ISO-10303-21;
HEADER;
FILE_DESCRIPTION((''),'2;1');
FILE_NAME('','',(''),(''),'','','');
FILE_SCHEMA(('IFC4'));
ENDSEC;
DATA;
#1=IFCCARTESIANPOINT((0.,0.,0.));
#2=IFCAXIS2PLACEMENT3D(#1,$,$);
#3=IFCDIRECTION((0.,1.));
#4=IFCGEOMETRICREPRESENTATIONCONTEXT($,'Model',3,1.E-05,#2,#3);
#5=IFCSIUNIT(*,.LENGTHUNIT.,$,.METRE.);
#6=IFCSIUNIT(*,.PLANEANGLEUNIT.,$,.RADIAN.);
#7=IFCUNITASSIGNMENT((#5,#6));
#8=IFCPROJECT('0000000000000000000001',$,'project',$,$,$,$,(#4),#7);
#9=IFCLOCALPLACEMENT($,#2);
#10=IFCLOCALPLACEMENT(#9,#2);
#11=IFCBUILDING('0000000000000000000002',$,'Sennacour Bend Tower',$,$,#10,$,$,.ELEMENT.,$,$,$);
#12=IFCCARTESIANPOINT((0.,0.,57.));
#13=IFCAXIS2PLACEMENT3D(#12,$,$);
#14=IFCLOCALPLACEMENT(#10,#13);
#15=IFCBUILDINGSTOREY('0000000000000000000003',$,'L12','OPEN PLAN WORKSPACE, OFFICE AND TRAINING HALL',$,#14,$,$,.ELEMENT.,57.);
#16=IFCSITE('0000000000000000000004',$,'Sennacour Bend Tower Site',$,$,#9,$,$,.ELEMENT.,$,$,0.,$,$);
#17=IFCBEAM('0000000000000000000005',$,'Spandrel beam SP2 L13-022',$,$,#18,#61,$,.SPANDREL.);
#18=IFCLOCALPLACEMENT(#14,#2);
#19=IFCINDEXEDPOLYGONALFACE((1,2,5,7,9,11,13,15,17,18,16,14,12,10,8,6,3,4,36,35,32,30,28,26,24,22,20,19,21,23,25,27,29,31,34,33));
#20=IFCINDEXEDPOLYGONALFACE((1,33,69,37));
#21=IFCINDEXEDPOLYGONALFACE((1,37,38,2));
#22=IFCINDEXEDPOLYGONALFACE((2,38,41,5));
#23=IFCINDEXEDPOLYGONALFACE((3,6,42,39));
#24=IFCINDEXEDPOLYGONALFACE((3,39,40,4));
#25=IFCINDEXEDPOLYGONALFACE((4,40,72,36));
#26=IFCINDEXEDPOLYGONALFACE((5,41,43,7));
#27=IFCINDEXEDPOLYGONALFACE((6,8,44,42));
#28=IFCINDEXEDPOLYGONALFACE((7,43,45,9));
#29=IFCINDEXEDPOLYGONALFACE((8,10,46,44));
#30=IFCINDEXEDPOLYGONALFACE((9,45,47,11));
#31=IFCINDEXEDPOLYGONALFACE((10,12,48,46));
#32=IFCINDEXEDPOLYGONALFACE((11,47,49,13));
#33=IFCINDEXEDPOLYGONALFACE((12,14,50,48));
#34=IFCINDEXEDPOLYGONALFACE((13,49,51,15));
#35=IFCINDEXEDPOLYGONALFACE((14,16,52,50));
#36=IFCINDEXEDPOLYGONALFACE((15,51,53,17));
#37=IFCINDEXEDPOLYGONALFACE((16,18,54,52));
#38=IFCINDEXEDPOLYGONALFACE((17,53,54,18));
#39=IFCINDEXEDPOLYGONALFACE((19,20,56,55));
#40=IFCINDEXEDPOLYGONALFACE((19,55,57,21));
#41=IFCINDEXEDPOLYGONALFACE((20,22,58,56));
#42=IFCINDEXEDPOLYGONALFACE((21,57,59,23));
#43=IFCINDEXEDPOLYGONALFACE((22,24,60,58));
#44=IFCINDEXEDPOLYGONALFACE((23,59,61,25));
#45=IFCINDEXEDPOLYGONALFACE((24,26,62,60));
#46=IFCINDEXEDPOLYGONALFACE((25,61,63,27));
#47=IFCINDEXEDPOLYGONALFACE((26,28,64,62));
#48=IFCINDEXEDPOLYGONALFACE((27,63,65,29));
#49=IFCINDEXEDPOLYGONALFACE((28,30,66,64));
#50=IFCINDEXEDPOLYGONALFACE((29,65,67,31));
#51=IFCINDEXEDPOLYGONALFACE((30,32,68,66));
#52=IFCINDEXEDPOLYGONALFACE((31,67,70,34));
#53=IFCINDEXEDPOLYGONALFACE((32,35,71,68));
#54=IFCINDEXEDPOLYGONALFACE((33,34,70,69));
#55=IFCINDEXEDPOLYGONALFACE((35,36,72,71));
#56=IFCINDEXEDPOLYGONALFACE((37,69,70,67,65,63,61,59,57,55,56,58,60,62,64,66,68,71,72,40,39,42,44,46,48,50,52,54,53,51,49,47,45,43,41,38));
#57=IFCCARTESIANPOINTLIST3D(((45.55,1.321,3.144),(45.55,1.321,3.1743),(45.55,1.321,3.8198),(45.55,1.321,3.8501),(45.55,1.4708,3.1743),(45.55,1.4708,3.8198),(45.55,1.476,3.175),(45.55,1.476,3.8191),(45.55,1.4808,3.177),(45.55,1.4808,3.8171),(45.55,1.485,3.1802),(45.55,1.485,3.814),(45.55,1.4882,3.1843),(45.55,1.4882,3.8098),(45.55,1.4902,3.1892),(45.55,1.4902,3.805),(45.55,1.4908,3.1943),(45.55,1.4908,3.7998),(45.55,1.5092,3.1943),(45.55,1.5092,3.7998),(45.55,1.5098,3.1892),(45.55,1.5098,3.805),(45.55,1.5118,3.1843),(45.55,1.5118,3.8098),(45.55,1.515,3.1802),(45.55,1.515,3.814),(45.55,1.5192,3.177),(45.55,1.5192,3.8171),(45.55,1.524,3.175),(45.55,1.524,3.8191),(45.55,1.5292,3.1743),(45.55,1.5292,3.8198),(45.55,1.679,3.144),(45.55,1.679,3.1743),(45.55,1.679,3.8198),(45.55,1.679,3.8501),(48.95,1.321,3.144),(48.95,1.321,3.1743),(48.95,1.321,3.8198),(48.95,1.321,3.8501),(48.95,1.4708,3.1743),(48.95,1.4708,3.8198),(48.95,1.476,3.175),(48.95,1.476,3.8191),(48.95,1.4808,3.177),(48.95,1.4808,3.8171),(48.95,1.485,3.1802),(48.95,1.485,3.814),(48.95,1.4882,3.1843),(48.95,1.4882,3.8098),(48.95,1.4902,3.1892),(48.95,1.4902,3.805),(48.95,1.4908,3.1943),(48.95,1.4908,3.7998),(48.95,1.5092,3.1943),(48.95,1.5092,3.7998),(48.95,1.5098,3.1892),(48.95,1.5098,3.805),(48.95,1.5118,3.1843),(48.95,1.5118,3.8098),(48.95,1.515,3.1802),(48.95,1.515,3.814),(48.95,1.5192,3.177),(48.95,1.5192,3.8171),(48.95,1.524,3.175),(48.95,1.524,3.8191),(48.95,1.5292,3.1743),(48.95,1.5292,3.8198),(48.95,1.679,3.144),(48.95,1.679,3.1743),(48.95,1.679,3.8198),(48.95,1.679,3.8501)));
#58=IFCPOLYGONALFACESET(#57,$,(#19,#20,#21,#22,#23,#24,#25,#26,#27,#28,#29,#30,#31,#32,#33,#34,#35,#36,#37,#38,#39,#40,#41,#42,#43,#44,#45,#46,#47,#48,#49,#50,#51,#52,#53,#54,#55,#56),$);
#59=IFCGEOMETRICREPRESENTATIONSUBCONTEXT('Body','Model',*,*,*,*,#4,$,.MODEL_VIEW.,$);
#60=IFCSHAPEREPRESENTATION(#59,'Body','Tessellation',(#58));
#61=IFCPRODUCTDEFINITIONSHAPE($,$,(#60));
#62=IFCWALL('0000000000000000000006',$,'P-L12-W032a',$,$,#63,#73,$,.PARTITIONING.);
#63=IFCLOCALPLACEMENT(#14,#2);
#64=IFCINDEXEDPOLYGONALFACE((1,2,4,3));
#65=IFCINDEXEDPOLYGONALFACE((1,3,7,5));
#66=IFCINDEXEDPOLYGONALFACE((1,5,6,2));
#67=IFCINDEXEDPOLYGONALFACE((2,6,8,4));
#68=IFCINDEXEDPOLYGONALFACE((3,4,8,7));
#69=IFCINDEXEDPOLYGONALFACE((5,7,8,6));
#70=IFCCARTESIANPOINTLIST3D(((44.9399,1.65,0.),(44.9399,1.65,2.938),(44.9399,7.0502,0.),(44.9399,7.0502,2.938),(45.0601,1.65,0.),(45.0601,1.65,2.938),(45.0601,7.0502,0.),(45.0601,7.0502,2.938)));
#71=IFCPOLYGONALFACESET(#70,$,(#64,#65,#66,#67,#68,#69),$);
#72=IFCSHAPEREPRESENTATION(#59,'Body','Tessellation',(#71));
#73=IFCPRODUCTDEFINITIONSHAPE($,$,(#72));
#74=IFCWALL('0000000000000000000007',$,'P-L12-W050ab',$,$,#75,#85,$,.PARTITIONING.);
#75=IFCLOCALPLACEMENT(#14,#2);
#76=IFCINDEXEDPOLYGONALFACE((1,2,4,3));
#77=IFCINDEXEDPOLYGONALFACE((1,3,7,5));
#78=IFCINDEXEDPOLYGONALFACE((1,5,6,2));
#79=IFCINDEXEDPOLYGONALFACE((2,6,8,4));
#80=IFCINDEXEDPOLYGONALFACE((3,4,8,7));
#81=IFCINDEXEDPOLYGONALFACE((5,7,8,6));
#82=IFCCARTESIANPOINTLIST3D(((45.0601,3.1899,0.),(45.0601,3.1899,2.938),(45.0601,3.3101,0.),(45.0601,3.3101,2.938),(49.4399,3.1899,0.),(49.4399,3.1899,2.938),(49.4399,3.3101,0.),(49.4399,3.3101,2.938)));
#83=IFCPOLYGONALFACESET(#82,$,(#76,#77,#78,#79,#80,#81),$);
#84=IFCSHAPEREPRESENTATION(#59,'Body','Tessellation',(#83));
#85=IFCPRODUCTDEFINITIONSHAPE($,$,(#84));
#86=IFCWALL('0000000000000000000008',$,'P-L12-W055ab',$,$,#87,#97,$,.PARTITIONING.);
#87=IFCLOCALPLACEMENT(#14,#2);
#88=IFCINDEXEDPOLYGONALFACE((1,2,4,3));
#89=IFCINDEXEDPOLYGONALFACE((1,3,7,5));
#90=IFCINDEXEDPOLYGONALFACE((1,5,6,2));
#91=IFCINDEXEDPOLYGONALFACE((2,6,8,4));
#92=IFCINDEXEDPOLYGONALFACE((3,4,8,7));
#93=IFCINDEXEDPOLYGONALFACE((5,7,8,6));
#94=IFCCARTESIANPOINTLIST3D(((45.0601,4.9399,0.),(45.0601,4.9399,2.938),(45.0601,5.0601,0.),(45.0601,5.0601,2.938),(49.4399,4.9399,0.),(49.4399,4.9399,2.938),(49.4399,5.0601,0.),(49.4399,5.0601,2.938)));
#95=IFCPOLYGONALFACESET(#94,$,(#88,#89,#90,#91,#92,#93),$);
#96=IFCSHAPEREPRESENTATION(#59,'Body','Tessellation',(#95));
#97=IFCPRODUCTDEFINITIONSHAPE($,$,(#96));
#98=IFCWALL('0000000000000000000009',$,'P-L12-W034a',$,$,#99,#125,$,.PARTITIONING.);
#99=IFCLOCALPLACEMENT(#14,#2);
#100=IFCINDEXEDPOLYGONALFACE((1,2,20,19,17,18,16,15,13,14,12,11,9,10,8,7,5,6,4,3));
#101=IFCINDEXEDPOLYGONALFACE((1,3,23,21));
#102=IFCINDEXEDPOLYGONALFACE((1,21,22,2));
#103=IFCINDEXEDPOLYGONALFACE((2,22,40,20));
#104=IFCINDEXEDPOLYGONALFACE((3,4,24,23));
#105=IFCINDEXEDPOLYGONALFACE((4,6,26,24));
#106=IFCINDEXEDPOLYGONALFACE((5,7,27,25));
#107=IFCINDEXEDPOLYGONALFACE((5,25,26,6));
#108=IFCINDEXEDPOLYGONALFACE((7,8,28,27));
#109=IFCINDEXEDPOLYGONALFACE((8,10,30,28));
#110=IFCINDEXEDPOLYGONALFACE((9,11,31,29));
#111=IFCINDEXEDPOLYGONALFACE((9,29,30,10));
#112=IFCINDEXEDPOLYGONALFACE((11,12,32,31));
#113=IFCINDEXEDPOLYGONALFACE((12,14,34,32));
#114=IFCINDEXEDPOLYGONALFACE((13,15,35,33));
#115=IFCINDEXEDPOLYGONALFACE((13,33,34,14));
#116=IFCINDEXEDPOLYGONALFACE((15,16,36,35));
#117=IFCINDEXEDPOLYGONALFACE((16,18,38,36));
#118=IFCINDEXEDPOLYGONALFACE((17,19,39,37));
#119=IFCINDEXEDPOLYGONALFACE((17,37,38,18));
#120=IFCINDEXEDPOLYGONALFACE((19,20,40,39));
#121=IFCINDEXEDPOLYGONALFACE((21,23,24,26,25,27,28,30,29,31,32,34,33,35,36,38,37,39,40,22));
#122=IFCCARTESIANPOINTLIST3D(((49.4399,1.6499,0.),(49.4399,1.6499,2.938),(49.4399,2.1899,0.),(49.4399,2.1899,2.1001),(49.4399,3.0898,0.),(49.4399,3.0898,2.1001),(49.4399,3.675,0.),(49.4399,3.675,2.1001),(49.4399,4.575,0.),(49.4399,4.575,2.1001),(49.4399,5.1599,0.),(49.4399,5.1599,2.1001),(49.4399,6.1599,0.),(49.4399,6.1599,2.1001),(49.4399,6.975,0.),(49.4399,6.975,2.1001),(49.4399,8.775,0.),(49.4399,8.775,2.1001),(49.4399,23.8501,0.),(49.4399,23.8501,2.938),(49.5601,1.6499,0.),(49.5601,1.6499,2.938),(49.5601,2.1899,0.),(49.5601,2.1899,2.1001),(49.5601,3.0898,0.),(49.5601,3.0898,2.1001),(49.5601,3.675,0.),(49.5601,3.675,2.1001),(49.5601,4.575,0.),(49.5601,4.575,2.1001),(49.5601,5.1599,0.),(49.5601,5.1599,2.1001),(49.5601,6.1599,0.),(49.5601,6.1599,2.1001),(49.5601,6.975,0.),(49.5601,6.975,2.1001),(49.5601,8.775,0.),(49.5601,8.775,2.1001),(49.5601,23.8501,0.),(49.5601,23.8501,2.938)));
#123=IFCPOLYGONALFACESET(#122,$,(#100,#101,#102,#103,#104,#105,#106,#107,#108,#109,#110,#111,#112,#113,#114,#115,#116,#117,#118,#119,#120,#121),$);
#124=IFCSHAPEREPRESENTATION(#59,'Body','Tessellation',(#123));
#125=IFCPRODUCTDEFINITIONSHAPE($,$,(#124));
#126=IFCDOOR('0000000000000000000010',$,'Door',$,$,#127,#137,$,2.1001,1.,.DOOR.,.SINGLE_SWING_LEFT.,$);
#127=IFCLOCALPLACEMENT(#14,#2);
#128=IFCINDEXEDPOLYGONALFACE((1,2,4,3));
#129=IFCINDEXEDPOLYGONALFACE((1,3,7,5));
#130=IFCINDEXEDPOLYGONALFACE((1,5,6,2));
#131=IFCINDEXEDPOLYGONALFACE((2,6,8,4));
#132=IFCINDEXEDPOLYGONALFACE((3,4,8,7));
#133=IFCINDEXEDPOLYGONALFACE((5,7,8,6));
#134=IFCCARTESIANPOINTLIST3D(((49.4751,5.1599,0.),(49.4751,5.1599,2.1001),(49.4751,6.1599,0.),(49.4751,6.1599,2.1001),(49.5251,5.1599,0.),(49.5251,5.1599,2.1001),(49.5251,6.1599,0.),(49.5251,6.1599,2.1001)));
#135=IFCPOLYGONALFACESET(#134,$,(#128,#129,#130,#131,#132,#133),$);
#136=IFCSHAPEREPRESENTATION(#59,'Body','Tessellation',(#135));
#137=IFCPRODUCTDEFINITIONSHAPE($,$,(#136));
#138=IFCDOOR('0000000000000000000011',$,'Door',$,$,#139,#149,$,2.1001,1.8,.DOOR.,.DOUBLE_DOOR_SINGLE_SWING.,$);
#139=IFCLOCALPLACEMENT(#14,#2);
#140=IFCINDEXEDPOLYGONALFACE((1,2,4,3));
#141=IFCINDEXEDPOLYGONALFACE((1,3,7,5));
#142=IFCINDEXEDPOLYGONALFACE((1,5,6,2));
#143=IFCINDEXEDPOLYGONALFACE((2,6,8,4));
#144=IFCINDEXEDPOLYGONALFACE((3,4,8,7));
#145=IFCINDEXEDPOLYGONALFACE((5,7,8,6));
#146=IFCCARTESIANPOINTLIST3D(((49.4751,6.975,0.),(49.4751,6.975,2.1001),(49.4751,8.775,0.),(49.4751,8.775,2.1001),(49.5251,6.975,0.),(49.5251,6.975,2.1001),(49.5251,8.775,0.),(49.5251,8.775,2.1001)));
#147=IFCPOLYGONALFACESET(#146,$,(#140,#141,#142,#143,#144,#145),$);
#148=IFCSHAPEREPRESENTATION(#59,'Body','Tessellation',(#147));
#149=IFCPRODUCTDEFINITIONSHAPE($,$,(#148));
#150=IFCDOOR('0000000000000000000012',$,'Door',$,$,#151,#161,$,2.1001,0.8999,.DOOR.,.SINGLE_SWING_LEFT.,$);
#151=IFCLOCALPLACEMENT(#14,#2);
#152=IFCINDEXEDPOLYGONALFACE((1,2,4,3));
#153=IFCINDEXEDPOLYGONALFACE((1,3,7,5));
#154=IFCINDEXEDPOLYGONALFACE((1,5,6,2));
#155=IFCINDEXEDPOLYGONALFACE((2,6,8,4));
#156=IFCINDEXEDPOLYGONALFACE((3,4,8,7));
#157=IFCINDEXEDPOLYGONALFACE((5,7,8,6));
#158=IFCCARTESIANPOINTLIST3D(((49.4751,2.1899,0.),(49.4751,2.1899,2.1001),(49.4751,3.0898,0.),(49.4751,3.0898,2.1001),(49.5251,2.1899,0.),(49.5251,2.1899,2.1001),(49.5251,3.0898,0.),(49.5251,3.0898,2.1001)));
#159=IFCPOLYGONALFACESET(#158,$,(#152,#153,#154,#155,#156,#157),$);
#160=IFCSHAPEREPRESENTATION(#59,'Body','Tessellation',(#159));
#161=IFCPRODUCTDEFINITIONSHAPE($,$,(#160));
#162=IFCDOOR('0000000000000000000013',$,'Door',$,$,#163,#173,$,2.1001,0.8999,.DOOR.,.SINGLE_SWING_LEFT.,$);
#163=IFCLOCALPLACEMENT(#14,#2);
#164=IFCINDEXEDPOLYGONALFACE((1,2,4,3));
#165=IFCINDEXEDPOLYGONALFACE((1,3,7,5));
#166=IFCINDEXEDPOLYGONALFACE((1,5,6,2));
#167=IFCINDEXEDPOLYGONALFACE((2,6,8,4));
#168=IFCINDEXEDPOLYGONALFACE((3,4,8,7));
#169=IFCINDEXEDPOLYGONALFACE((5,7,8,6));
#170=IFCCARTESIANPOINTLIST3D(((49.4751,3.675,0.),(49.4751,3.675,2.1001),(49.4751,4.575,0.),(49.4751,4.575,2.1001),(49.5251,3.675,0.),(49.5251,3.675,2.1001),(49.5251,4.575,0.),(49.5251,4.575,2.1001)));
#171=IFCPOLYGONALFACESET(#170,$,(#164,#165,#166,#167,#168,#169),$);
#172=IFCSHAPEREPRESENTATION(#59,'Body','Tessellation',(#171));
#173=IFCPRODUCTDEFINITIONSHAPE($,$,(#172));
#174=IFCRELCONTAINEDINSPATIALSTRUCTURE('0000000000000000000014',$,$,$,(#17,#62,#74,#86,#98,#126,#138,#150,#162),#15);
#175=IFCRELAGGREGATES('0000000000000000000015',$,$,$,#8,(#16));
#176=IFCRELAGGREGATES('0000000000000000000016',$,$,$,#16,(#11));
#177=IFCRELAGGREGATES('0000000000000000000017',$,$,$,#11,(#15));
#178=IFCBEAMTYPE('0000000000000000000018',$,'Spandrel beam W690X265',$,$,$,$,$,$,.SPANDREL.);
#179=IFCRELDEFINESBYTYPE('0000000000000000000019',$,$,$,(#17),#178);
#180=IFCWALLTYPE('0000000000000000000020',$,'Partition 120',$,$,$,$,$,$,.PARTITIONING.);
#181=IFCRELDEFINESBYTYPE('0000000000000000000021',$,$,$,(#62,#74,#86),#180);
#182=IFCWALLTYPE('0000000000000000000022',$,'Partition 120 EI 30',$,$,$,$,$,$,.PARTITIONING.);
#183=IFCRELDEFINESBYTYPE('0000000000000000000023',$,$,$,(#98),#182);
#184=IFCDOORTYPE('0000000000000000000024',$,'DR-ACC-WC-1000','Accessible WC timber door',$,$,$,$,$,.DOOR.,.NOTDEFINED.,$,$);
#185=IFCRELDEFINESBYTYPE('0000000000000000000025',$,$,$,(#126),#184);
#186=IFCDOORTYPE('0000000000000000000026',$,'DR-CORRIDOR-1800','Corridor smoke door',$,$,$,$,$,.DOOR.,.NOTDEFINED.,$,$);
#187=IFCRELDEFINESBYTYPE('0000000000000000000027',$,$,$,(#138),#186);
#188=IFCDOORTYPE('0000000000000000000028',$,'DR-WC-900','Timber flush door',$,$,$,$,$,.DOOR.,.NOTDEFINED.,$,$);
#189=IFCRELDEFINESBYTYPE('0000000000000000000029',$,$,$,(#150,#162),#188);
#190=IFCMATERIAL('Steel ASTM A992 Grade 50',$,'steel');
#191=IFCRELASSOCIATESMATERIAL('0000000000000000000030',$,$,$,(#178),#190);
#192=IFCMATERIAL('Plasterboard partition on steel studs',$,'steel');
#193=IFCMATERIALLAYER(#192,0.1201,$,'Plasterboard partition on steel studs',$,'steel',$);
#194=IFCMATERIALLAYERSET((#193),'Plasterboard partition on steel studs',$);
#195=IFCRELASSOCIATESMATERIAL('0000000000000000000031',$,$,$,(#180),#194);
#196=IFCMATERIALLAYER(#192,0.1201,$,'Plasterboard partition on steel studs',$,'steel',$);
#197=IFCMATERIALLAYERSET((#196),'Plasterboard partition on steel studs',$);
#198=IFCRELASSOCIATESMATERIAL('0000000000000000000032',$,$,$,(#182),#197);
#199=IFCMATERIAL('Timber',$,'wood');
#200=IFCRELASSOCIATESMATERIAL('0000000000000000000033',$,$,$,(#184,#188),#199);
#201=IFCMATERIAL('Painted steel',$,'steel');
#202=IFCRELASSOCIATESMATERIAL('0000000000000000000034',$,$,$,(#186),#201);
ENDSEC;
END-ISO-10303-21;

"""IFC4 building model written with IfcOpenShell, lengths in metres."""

from ifc_helpers import new_model, si_unit, direction, frame, frame_2d, origin, origin_2d, place, context, subcontext, project, spatial, rectangle, i_section, extrude, material, layer, layer_set, material_profile, profile_set, type_object, element, fill, save


model = new_model("IFC4")

# Units and contexts
model_context = context("Model", 3, precision=1e-05, world=origin(), true_north=direction((0.0, 1.0)))
body_context = subcontext(model_context, "Body", "Model", "MODEL_VIEW")
ifc_project = project(units=[si_unit("LENGTHUNIT", "METRE"), si_unit("PLANEANGLEUNIT", "RADIAN")], contexts=[model_context])

# Site, building, storey
site_placement = place(None, origin())
site = spatial("IfcSite", under=ifc_project, at=site_placement, Name="Sennacour Bend Tower Site", CompositionType="ELEMENT", RefElevation=0.0)
building_placement = place(site_placement, origin())
building = spatial("IfcBuilding", under=site, at=building_placement, Name="Sennacour Bend Tower", CompositionType="ELEMENT")
storey_placement = place(building_placement, frame((0.0, 0.0, 57.0)))
storey = spatial("IfcBuildingStorey", under=building, at=storey_placement, Name="L12", Description="OPEN PLAN WORKSPACE, OFFICE AND TRAINING HALL", CompositionType="ELEMENT", Elevation=57.0)

# Beam
ifc_material_1 = material(Name="Steel ASTM A992 Grade 50", Category="steel")
ifc_material_profile_1 = material_profile(ifc_material_1, i_section(OverallWidth=0.3579, OverallDepth=0.7061, WebThickness=0.0183, FlangeThickness=0.0303, FilletRadius=0.02, at=origin_2d()), Name="Steel ASTM A992 Grade 50", Category="steel")
ifc_profile_set_1 = profile_set([ifc_material_profile_1], Name="Steel ASTM A992 Grade 50")
beam_type_1 = type_object("IfcBeamType", Name="Spandrel beam W690X265", PredefinedType="SPANDREL", material=ifc_profile_set_1)
beam_1_placement = place(storey_placement, frame((48.95, 1.5, 3.4971), z_axis=(-1.0, 0.0, 0.0), x_axis=(0.0, -1.0, 0.0)))
element("IfcBeam", 1, at=beam_1_placement, inside=storey, type_object=beam_type_1, Name="Spandrel beam SP2 L13-022", PredefinedType="SPANDREL", context=body_context, shape_type="SweptSolid", body=[
    extrude(i_section(OverallWidth=0.3579, OverallDepth=0.7061, WebThickness=0.0183, FlangeThickness=0.0303, FilletRadius=0.02, at=origin_2d()), origin(), (0.0, 0.0, 1.0), 3.3999),
])

# Walls
ifc_material_2 = material(Name="Plasterboard partition on steel studs", Category="steel")
ifc_layer_1 = layer(ifc_material_2, 0.1201, Name="Plasterboard partition on steel studs", Category="steel")
ifc_layer_set_1 = layer_set([ifc_layer_1], Name="Plasterboard partition on steel studs")
wall_type_1 = type_object("IfcWallType", Name="Partition 120", PredefinedType="PARTITIONING", material=ifc_layer_set_1)
wall_1_placement = place(storey_placement, frame((45.0, 1.6499, 0.0), z_axis=(0.0, 0.0, 1.0), x_axis=(0.0, 1.0, 0.0)))
element("IfcWall", 2, at=wall_1_placement, inside=storey, type_object=wall_type_1, Name="P-L12-W032a", PredefinedType="PARTITIONING", context=body_context, shape_type="SweptSolid", body=[
    extrude(rectangle(XDim=5.4001, YDim=0.1201, at=frame_2d((2.7002, 0.0))), origin(), (0.0, 0.0, 1.0), 2.938),
])
for number, where, z_axis, x_axis, name in (
    (3, (45.0601, 3.25, 0.0), (0.0, 0.0, 1.0), (1.0, 0.0, 0.0), "P-L12-W050ab"),
    (4, (45.0601, 5.0, 0.0), (0.0, 0.0, 1.0), (1.0, 0.0, 0.0), "P-L12-W055ab"),
):
    element("IfcWall", number, at=place(storey_placement, frame(where, z_axis=z_axis, x_axis=x_axis)), inside=storey, type_object=wall_type_1, Name=name, PredefinedType="PARTITIONING", context=body_context, shape_type="SweptSolid", body=[
        extrude(rectangle(XDim=4.3799, YDim=0.1201, at=frame_2d((2.1899, 0.0))), origin(), (0.0, 0.0, 1.0), 2.938),
    ])

# Wall, openings, doors
ifc_layer_2 = layer(ifc_material_2, 0.1201, Name="Plasterboard partition on steel studs", Category="steel")
ifc_layer_set_2 = layer_set([ifc_layer_2], Name="Plasterboard partition on steel studs")
wall_type_2 = type_object("IfcWallType", Name="Partition 120 EI 30", PredefinedType="PARTITIONING", material=ifc_layer_set_2)
wall_2_placement = place(storey_placement, frame((49.5, 1.6499, 0.0), z_axis=(0.0, 0.0, 1.0), x_axis=(0.0, 1.0, 0.0)))
wall_2 = element("IfcWall", 5, at=wall_2_placement, inside=storey, type_object=wall_type_2, Name="P-L12-W034a", PredefinedType="PARTITIONING", context=body_context, shape_type="SweptSolid", body=[
    extrude(rectangle(XDim=22.2002, YDim=0.1201, at=frame_2d((11.1001, 0.0))), origin(), (0.0, 0.0, 1.0), 2.938),
])
opening_1_placement = place(wall_2_placement, frame((5.3252, 0.0, 0.0)))
opening_1 = element("IfcOpeningElement", 6, at=opening_1_placement, cuts=wall_2, PredefinedType="OPENING", context=body_context, shape_type="SweptSolid", body=[
    extrude(rectangle(XDim=1.8, YDim=2.1001, at=frame_2d((0.8999, 1.05))), frame((0.0, 0.0701, 0.0), z_axis=(0.0, -1.0, 0.0), x_axis=(1.0, 0.0, 0.0)), (0.0, 0.0, 1.0), 0.1401),
])
opening_2_placement = place(wall_2_placement, frame((0.54, 0.0, 0.0)))
opening_2 = element("IfcOpeningElement", 7, at=opening_2_placement, cuts=wall_2, PredefinedType="OPENING", context=body_context, shape_type="SweptSolid", body=[
    extrude(rectangle(XDim=0.8999, YDim=2.1001, at=frame_2d((0.45, 1.05))), frame((0.0, 0.0701, 0.0), z_axis=(0.0, -1.0, 0.0), x_axis=(1.0, 0.0, 0.0)), (0.0, 0.0, 1.0), 0.1401),
])
opening_3_placement = place(wall_2_placement, frame((2.0251, 0.0, 0.0)))
opening_3 = element("IfcOpeningElement", 8, at=opening_3_placement, cuts=wall_2, PredefinedType="OPENING", context=body_context, shape_type="SweptSolid", body=[
    extrude(rectangle(XDim=0.8999, YDim=2.1001, at=frame_2d((0.45, 1.05))), frame((0.0, 0.0701, 0.0), z_axis=(0.0, -1.0, 0.0), x_axis=(1.0, 0.0, 0.0)), (0.0, 0.0, 1.0), 0.1401),
])
opening_4_placement = place(wall_2_placement, frame((3.51, 0.0, 0.0)))
opening_4 = element("IfcOpeningElement", 9, at=opening_4_placement, cuts=wall_2, PredefinedType="OPENING", context=body_context, shape_type="SweptSolid", body=[
    extrude(rectangle(XDim=1.0, YDim=2.1001, at=frame_2d((0.5, 1.05))), frame((0.0, 0.0701, 0.0), z_axis=(0.0, -1.0, 0.0), x_axis=(1.0, 0.0, 0.0)), (0.0, 0.0, 1.0), 0.1401),
])
ifc_material_3 = material(Name="Timber", Category="wood")
door_type_1 = type_object("IfcDoorType", Name="DR-ACC-WC-1000", Description="Accessible WC timber door", OperationType="NOTDEFINED", PredefinedType="DOOR", material=ifc_material_3)
door_1_placement = place(opening_4_placement, origin())
door_1 = element("IfcDoor", 10, at=door_1_placement, inside=storey, type_object=door_type_1, Name="Door", OperationType="SINGLE_SWING_LEFT", OverallHeight=2.1001, OverallWidth=1.0, PredefinedType="DOOR", context=body_context, shape_type="SweptSolid", body=[
    extrude(rectangle(XDim=1.0, YDim=2.1001, at=frame_2d((0.5, 1.05))), frame((0.0, 0.0249, 0.0), z_axis=(0.0, -1.0, 0.0), x_axis=(1.0, 0.0, 0.0)), (0.0, 0.0, 1.0), 0.05),
])
fill(opening_4, door_1)
ifc_material_4 = material(Name="Painted steel", Category="steel")
door_type_2 = type_object("IfcDoorType", Name="DR-CORRIDOR-1800", Description="Corridor smoke door", OperationType="NOTDEFINED", PredefinedType="DOOR", material=ifc_material_4)
door_2_placement = place(opening_1_placement, origin())
door_2 = element("IfcDoor", 11, at=door_2_placement, inside=storey, type_object=door_type_2, Name="Door", OperationType="DOUBLE_DOOR_SINGLE_SWING", OverallHeight=2.1001, OverallWidth=1.8, PredefinedType="DOOR", context=body_context, shape_type="SweptSolid", body=[
    extrude(rectangle(XDim=1.8, YDim=2.1001, at=frame_2d((0.8999, 1.05))), frame((0.0, 0.0249, 0.0), z_axis=(0.0, -1.0, 0.0), x_axis=(1.0, 0.0, 0.0)), (0.0, 0.0, 1.0), 0.05),
])
fill(opening_1, door_2)
door_type_3 = type_object("IfcDoorType", Name="DR-WC-900", Description="Timber flush door", OperationType="NOTDEFINED", PredefinedType="DOOR", material=ifc_material_3)
door_3_placement = place(opening_2_placement, origin())
door_3 = element("IfcDoor", 12, at=door_3_placement, inside=storey, type_object=door_type_3, Name="Door", OperationType="SINGLE_SWING_LEFT", OverallHeight=2.1001, OverallWidth=0.8999, PredefinedType="DOOR", context=body_context, shape_type="SweptSolid", body=[
    extrude(rectangle(XDim=0.8999, YDim=2.1001, at=frame_2d((0.45, 1.05))), frame((0.0, 0.0249, 0.0), z_axis=(0.0, -1.0, 0.0), x_axis=(1.0, 0.0, 0.0)), (0.0, 0.0, 1.0), 0.05),
])
fill(opening_2, door_3)
door_4_placement = place(opening_3_placement, origin())
door_4 = element("IfcDoor", 13, at=door_4_placement, inside=storey, type_object=door_type_3, Name="Door", OperationType="SINGLE_SWING_LEFT", OverallHeight=2.1001, OverallWidth=0.8999, PredefinedType="DOOR", context=body_context, shape_type="SweptSolid", body=[
    extrude(rectangle(XDim=0.8999, YDim=2.1001, at=frame_2d((0.45, 1.05))), frame((0.0, 0.0249, 0.0), z_axis=(0.0, -1.0, 0.0), x_axis=(1.0, 0.0, 0.0)), (0.0, 0.0, 1.0), 0.05),
])
fill(opening_3, door_4)

save(model, "model.ifc")
